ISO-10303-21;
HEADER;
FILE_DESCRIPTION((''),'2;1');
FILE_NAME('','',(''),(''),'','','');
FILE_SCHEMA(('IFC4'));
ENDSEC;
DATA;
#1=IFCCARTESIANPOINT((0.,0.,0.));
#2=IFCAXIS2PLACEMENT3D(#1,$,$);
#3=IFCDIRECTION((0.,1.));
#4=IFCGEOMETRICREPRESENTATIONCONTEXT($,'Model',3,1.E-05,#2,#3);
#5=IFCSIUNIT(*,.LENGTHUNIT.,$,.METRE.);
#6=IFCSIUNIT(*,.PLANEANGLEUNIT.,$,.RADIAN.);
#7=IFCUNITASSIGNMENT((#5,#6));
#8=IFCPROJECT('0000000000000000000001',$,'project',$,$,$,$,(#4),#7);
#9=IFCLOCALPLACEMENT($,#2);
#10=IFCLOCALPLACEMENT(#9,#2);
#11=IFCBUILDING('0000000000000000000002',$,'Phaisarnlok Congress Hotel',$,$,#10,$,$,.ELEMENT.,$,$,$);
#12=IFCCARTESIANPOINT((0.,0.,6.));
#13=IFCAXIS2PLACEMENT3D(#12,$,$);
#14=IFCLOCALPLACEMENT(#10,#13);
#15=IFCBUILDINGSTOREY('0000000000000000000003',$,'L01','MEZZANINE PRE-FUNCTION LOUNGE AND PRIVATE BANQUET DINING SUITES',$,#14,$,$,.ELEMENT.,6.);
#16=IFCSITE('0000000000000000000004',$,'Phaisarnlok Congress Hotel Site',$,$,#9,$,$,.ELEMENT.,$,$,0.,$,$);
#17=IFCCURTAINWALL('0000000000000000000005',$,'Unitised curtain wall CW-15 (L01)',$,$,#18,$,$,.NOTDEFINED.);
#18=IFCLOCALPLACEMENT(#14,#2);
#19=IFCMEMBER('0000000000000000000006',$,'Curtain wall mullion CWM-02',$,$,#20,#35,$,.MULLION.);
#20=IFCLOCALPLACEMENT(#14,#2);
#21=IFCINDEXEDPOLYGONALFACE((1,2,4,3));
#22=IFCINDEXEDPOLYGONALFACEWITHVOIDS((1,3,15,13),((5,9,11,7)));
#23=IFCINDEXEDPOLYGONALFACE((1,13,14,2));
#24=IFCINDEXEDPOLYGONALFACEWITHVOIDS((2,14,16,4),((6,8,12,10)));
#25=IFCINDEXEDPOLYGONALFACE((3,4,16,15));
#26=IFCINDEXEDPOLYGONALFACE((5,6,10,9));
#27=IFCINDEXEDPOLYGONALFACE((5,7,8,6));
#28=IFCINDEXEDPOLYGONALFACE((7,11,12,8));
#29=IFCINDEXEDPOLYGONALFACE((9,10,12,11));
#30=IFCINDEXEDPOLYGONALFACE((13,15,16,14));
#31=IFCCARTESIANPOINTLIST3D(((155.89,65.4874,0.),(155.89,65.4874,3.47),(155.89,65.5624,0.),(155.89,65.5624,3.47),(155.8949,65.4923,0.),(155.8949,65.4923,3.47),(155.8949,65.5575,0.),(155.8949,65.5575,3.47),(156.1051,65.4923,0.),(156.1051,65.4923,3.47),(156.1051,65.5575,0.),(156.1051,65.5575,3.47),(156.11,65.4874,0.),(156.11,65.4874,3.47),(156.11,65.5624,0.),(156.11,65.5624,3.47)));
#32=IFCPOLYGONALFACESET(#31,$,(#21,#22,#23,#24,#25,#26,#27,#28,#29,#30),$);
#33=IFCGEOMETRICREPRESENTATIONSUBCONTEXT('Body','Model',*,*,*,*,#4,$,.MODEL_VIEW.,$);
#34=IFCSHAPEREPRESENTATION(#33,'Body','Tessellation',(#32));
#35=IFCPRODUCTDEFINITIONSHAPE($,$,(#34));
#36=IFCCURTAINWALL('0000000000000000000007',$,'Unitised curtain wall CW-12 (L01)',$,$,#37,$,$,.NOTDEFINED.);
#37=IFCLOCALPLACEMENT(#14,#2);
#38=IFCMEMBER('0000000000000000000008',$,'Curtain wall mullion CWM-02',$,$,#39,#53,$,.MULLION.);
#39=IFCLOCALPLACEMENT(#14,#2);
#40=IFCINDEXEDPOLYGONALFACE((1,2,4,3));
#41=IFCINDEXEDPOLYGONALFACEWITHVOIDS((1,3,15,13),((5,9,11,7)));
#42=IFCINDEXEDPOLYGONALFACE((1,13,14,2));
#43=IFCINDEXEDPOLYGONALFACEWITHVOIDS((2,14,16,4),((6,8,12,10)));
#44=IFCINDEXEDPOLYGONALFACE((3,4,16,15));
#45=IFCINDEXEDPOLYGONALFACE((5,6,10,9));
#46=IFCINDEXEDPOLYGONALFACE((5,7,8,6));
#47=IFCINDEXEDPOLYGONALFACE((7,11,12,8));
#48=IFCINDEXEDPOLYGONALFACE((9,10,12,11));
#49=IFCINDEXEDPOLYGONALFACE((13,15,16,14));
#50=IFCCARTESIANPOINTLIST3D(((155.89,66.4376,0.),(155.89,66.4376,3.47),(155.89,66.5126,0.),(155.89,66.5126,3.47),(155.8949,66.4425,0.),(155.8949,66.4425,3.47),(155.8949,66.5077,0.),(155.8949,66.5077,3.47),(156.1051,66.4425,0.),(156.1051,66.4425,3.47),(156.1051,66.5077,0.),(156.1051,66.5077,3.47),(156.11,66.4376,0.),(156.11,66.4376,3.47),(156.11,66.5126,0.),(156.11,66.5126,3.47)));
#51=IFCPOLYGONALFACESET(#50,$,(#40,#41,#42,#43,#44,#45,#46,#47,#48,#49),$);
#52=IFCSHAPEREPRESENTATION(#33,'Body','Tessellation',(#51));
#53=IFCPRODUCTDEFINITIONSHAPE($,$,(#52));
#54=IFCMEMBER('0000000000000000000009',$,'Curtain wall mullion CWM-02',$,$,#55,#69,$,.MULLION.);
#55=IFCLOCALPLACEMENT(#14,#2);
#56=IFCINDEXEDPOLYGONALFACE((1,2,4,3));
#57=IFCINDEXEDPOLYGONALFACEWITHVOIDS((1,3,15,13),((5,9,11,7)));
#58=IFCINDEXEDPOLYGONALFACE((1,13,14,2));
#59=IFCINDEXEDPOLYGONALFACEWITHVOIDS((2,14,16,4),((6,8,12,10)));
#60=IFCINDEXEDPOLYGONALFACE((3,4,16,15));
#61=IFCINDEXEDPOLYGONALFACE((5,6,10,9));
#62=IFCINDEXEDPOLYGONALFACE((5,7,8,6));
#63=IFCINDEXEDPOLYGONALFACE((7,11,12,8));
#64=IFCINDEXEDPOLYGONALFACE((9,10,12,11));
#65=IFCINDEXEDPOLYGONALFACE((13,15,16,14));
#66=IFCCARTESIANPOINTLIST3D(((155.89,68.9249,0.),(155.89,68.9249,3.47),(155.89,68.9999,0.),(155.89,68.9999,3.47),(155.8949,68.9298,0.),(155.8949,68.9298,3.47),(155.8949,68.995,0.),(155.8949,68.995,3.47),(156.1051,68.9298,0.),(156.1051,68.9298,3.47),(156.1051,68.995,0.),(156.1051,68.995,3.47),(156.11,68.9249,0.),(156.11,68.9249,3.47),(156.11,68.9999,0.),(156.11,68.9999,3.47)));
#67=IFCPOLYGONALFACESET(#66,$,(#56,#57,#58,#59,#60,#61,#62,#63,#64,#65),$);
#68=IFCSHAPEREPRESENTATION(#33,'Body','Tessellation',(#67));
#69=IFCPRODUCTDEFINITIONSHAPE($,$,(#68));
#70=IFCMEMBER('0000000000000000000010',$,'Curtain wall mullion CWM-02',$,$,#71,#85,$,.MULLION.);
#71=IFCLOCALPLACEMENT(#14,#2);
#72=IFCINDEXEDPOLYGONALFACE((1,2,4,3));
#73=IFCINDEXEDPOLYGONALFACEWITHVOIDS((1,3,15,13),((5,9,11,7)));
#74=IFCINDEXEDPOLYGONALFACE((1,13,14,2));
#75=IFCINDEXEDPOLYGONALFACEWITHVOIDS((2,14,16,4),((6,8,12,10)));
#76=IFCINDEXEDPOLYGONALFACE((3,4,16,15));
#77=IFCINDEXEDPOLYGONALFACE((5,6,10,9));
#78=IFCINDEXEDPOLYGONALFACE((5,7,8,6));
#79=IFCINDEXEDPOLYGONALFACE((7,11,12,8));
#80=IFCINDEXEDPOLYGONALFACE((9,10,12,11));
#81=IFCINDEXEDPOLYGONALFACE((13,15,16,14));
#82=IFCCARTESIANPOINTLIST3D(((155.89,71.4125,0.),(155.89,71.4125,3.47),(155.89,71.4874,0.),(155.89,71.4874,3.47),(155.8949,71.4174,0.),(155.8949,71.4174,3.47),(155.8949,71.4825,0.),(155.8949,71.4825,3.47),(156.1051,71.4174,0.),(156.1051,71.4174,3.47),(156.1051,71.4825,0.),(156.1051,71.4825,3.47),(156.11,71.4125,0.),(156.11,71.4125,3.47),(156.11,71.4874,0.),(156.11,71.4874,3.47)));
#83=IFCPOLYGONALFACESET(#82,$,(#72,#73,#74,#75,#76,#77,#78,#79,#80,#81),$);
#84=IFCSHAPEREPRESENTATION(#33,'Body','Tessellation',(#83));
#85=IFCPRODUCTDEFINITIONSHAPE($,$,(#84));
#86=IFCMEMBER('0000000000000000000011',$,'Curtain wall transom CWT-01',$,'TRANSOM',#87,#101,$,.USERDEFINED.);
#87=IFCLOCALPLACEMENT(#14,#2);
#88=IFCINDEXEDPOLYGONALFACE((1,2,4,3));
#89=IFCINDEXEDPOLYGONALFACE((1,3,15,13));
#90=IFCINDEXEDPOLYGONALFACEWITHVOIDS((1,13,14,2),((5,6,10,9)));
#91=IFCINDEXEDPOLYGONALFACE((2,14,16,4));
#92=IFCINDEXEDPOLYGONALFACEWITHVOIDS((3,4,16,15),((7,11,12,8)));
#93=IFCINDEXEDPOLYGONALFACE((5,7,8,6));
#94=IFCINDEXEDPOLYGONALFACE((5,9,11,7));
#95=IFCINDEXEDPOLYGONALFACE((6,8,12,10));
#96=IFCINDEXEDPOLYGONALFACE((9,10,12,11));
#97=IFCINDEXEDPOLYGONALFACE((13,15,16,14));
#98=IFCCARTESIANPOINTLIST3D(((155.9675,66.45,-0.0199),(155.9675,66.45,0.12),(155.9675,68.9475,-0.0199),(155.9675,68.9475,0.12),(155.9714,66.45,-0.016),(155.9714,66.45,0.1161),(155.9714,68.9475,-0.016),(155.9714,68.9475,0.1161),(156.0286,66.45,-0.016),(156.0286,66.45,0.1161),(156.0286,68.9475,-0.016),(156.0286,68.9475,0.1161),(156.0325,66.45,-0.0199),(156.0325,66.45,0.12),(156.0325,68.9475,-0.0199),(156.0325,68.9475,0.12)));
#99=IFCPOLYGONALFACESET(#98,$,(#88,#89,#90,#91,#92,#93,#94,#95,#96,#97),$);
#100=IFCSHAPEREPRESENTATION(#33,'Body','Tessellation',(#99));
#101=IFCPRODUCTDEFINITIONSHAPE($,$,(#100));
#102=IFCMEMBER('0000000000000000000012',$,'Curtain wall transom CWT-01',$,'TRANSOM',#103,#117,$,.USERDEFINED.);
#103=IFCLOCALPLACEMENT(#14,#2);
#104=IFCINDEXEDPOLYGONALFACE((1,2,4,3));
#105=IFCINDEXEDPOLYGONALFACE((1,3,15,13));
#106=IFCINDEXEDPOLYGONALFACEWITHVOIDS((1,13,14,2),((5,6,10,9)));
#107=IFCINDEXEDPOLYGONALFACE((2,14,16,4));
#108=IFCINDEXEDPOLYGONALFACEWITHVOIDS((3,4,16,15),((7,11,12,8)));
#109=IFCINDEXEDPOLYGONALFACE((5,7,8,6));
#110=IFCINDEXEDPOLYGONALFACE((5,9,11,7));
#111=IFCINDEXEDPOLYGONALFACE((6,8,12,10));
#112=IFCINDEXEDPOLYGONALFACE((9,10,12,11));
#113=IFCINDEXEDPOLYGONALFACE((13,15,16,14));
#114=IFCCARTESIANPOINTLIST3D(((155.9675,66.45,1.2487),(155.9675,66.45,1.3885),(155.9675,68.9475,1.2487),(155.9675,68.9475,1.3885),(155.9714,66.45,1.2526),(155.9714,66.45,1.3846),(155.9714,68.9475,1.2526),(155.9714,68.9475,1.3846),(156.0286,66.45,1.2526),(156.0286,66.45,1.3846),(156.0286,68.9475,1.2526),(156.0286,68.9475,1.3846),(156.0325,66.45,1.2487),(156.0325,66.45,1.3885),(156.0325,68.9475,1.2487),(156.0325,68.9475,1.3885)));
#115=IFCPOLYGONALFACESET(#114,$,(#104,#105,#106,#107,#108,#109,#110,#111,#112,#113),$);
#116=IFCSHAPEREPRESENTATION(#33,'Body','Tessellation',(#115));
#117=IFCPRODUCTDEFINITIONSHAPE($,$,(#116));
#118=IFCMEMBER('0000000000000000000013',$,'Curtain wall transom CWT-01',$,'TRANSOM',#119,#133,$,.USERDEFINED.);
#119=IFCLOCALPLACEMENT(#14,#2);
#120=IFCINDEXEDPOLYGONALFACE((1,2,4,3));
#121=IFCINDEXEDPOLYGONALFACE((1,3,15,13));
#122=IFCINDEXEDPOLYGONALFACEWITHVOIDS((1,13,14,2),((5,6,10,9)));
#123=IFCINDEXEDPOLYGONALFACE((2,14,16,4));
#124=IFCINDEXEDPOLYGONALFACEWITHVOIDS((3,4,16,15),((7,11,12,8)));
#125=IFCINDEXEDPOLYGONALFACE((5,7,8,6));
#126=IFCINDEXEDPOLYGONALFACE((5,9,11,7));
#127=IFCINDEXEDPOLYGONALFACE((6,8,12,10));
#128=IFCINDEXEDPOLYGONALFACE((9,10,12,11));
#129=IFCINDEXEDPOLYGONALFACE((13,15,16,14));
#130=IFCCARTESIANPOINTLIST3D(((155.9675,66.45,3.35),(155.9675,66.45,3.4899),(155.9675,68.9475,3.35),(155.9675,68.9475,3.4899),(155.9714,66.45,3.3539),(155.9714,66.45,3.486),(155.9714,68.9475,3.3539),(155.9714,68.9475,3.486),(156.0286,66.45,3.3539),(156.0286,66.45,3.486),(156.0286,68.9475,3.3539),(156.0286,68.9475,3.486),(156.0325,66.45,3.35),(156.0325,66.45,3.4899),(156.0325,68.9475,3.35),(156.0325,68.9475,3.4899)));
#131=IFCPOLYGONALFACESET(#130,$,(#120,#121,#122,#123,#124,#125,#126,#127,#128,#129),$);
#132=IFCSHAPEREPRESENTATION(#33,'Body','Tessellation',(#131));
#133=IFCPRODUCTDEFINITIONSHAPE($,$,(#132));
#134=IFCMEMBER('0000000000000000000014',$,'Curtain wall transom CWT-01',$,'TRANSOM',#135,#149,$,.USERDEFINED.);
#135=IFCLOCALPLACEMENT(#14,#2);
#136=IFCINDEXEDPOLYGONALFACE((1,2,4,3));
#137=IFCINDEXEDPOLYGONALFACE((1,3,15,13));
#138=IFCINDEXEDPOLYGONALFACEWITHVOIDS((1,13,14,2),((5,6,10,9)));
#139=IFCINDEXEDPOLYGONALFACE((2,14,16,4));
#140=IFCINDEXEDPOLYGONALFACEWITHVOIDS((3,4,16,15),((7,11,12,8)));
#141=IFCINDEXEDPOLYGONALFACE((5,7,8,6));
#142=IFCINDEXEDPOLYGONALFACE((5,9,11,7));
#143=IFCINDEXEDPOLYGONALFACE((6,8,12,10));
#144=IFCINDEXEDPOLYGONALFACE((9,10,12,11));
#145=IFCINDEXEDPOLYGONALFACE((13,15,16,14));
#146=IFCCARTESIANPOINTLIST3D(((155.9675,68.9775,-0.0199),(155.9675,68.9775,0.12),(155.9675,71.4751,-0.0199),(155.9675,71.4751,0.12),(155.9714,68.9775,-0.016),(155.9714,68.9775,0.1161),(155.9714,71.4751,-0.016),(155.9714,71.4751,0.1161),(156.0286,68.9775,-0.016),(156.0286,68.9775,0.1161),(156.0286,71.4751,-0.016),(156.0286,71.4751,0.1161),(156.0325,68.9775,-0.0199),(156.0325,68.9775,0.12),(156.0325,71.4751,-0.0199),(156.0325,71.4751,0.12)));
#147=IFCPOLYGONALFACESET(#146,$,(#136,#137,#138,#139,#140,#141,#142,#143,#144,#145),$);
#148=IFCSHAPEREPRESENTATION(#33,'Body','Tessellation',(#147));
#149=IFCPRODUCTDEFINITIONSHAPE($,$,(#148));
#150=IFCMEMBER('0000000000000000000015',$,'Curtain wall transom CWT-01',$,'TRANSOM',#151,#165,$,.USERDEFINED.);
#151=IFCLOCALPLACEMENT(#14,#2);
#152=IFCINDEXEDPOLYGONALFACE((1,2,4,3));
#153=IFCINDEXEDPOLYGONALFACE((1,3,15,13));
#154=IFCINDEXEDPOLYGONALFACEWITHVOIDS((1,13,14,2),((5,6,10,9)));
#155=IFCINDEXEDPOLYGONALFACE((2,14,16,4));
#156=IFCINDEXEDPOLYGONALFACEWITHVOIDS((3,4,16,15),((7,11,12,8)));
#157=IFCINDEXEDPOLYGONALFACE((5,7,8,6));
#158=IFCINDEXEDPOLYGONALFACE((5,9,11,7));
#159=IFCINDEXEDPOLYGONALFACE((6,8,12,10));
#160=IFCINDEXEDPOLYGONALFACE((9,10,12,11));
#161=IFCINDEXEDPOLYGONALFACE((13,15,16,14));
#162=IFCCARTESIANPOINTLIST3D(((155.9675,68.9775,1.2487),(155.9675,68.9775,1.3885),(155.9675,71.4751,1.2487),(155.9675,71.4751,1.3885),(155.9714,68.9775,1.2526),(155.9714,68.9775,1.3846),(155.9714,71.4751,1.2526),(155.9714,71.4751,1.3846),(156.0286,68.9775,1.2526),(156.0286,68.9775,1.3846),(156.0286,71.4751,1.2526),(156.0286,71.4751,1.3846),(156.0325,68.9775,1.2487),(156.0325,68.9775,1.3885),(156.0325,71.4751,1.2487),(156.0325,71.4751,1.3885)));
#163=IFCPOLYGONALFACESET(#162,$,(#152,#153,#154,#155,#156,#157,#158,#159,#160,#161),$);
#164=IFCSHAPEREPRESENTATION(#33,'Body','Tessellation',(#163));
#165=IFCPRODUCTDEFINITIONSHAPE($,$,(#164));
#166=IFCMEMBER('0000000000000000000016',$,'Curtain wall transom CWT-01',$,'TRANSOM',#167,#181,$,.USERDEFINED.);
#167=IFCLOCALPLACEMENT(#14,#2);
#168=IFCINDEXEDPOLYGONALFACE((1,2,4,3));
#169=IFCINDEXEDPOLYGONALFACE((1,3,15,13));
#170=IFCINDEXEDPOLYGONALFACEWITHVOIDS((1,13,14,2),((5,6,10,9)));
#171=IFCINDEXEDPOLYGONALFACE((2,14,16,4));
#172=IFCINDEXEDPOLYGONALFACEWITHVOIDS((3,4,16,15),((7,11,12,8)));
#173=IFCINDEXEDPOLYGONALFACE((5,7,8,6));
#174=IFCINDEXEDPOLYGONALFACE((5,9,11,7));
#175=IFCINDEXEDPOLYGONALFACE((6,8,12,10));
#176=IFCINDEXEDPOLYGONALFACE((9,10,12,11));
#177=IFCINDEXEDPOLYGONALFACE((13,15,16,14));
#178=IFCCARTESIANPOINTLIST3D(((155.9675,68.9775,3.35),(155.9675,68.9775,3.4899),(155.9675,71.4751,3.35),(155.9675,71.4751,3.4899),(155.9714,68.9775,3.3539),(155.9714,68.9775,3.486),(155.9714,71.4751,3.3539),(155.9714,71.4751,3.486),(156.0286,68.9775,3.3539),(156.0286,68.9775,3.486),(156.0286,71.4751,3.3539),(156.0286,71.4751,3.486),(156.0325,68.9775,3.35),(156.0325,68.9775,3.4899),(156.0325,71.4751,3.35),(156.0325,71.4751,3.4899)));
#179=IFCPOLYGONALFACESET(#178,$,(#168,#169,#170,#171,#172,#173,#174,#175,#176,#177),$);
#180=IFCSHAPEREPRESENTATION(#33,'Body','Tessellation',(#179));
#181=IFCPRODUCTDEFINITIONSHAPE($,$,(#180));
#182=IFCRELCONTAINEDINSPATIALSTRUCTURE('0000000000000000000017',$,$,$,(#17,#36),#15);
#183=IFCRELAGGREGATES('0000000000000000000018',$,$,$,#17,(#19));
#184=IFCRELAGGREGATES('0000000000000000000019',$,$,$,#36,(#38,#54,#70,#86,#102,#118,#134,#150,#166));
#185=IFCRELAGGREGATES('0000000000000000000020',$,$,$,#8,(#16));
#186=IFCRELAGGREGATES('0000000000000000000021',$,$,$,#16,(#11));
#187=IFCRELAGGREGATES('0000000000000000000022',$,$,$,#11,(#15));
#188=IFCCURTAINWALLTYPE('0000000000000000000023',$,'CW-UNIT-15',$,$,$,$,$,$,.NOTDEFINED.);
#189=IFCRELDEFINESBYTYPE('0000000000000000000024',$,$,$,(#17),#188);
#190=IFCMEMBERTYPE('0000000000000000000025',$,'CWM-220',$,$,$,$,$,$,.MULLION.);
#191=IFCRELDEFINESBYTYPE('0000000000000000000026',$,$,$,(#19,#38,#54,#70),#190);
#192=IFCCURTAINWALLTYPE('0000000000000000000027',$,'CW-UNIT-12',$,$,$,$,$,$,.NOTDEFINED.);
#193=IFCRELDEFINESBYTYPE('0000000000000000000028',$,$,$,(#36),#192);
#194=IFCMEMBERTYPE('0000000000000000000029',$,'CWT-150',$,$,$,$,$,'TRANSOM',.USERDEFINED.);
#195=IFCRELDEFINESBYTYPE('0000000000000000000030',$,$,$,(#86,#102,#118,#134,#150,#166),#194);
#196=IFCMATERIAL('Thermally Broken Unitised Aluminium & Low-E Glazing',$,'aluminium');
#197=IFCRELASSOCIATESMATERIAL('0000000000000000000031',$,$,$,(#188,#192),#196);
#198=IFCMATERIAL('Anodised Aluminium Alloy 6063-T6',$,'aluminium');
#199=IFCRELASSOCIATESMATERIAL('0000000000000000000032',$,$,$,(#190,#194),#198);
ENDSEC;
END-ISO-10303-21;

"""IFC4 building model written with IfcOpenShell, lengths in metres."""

from ifc_helpers import new_model, si_unit, direction, frame, origin, origin_2d, place, context, subcontext, project, spatial, hollow_rectangle, extrude, material, material_profile, profile_set, type_object, element, aggregate, save


model = new_model("IFC4")

# Units and contexts
model_context = context("Model", 3, precision=1e-05, world=origin(), true_north=direction((0.0, 1.0)))
body_context = subcontext(model_context, "Body", "Model", "MODEL_VIEW")
ifc_project = project(units=[si_unit("LENGTHUNIT", "METRE"), si_unit("PLANEANGLEUNIT", "RADIAN")], contexts=[model_context])

# Site, building, storey
site_placement = place(None, origin())
site = spatial("IfcSite", under=ifc_project, at=site_placement, Name="Phaisarnlok Congress Hotel Site", CompositionType="ELEMENT", RefElevation=0.0)
building_placement = place(site_placement, origin())
building = spatial("IfcBuilding", under=site, at=building_placement, Name="Phaisarnlok Congress Hotel", CompositionType="ELEMENT")
storey_placement = place(building_placement, frame((0.0, 0.0, 6.0)))
storey = spatial("IfcBuildingStorey", under=building, at=storey_placement, Name="L01", Description="MEZZANINE PRE-FUNCTION LOUNGE AND PRIVATE BANQUET DINING SUITES", CompositionType="ELEMENT", Elevation=6.0)

# Curtain wall, member
ifc_material_1 = material(Name="Thermally Broken Unitised Aluminium & Low-E Glazing", Category="aluminium")
curtain_wall_type_1 = type_object("IfcCurtainWallType", Name="CW-UNIT-15", PredefinedType="NOTDEFINED", material=ifc_material_1)
curtain_wall_1_placement = place(storey_placement, origin())
curtain_wall_1 = element("IfcCurtainWall", 1, at=curtain_wall_1_placement, inside=storey, type_object=curtain_wall_type_1, Name="Unitised curtain wall CW-15 (L01)", PredefinedType="NOTDEFINED")
ifc_material_2 = material(Name="Anodised Aluminium Alloy 6063-T6", Category="aluminium")
ifc_material_profile_1 = material_profile(ifc_material_2, hollow_rectangle(XDim=0.075, YDim=0.22, WallThickness=0.0049, at=origin_2d()), Name="ALU-M 75x220x5")
ifc_profile_set_1 = profile_set([ifc_material_profile_1], Name="Anodised Aluminium Alloy 6063-T6")
member_type_1 = type_object("IfcMemberType", Name="CWM-220", PredefinedType="MULLION", material=ifc_profile_set_1)
member_1_placement = place(storey_placement, frame((156.0, 65.5249, 0.0), z_axis=(0.0, 0.0, 1.0), x_axis=(0.0, 1.0, 0.0)))
member_1 = element("IfcMember", 2, at=member_1_placement, type_object=member_type_1, Name="Curtain wall mullion CWM-02", PredefinedType="MULLION", context=body_context, shape_type="SweptSolid", body=[
    extrude(hollow_rectangle(XDim=0.075, YDim=0.22, WallThickness=0.0049, at=origin_2d()), origin(), (0.0, 0.0, 1.0), 3.47),
])
aggregate(curtain_wall_1, [member_1])

# Curtain wall, members
curtain_wall_type_2 = type_object("IfcCurtainWallType", Name="CW-UNIT-12", PredefinedType="NOTDEFINED", material=ifc_material_1)
curtain_wall_2_placement = place(storey_placement, origin())
curtain_wall_2 = element("IfcCurtainWall", 3, at=curtain_wall_2_placement, inside=storey, type_object=curtain_wall_type_2, Name="Unitised curtain wall CW-12 (L01)", PredefinedType="NOTDEFINED")
member_2_placement = place(storey_placement, frame((156.0, 66.4751, 0.0), z_axis=(0.0, 0.0, 1.0), x_axis=(0.0, 1.0, 0.0)))
member_2 = element("IfcMember", 4, at=member_2_placement, type_object=member_type_1, Name="Curtain wall mullion CWM-02", PredefinedType="MULLION", context=body_context, shape_type="SweptSolid", body=[
    extrude(hollow_rectangle(XDim=0.075, YDim=0.22, WallThickness=0.0049, at=origin_2d()), origin(), (0.0, 0.0, 1.0), 3.47),
])
member_3_placement = place(storey_placement, frame((156.0, 68.9624, 0.0), z_axis=(0.0, 0.0, 1.0), x_axis=(0.0, 1.0, 0.0)))
member_3 = element("IfcMember", 5, at=member_3_placement, type_object=member_type_1, Name="Curtain wall mullion CWM-02", PredefinedType="MULLION", context=body_context, shape_type="SweptSolid", body=[
    extrude(hollow_rectangle(XDim=0.075, YDim=0.22, WallThickness=0.0049, at=origin_2d()), origin(), (0.0, 0.0, 1.0), 3.47),
])
member_4_placement = place(storey_placement, frame((156.0, 71.45, 0.0), z_axis=(0.0, 0.0, 1.0), x_axis=(0.0, 1.0, 0.0)))
member_4 = element("IfcMember", 6, at=member_4_placement, type_object=member_type_1, Name="Curtain wall mullion CWM-02", PredefinedType="MULLION", context=body_context, shape_type="SweptSolid", body=[
    extrude(hollow_rectangle(XDim=0.075, YDim=0.22, WallThickness=0.0049, at=origin_2d()), origin(), (0.0, 0.0, 1.0), 3.47),
])
ifc_material_profile_2 = material_profile(ifc_material_2, hollow_rectangle(XDim=0.0649, YDim=0.1399, WallThickness=0.0039, at=origin_2d()), Name="ALU-T 65x140x4")
ifc_profile_set_2 = profile_set([ifc_material_profile_2], Name="Anodised Aluminium Alloy 6063-T6")
member_type_2 = type_object("IfcMemberType", Name="CWT-150", ElementType="TRANSOM", PredefinedType="USERDEFINED", material=ifc_profile_set_2)
member_5_placement = place(storey_placement, frame((156.0, 66.45, 0.05), z_axis=(0.0, 1.0, 0.0), x_axis=(-1.0, 0.0, 0.0)))
member_5 = element("IfcMember", 7, at=member_5_placement, type_object=member_type_2, Name="Curtain wall transom CWT-01", ObjectType="TRANSOM", PredefinedType="USERDEFINED", context=body_context, shape_type="SweptSolid", body=[
    extrude(hollow_rectangle(XDim=0.0649, YDim=0.1399, WallThickness=0.0039, at=origin_2d()), origin(), (0.0, 0.0, 1.0), 2.4976),
])
member_6_placement = place(storey_placement, frame((156.0, 66.45, 1.3186), z_axis=(0.0, 1.0, 0.0), x_axis=(-1.0, 0.0, 0.0)))
member_6 = element("IfcMember", 8, at=member_6_placement, type_object=member_type_2, Name="Curtain wall transom CWT-01", ObjectType="TRANSOM", PredefinedType="USERDEFINED", context=body_context, shape_type="SweptSolid", body=[
    extrude(hollow_rectangle(XDim=0.0649, YDim=0.1399, WallThickness=0.0039, at=origin_2d()), origin(), (0.0, 0.0, 1.0), 2.4976),
])
member_7_placement = place(storey_placement, frame((156.0, 66.45, 3.4199), z_axis=(0.0, 1.0, 0.0), x_axis=(-1.0, 0.0, 0.0)))
member_7 = element("IfcMember", 9, at=member_7_placement, type_object=member_type_2, Name="Curtain wall transom CWT-01", ObjectType="TRANSOM", PredefinedType="USERDEFINED", context=body_context, shape_type="SweptSolid", body=[
    extrude(hollow_rectangle(XDim=0.0649, YDim=0.1399, WallThickness=0.0039, at=origin_2d()), origin(), (0.0, 0.0, 1.0), 2.4976),
])
member_8_placement = place(storey_placement, frame((156.0, 68.9775, 0.05), z_axis=(0.0, 1.0, 0.0), x_axis=(-1.0, 0.0, 0.0)))
member_8 = element("IfcMember", 10, at=member_8_placement, type_object=member_type_2, Name="Curtain wall transom CWT-01", ObjectType="TRANSOM", PredefinedType="USERDEFINED", context=body_context, shape_type="SweptSolid", body=[
    extrude(hollow_rectangle(XDim=0.0649, YDim=0.1399, WallThickness=0.0039, at=origin_2d()), origin(), (0.0, 0.0, 1.0), 2.4976),
])
member_9_placement = place(storey_placement, frame((156.0, 68.9775, 1.3186), z_axis=(0.0, 1.0, 0.0), x_axis=(-1.0, 0.0, 0.0)))
member_9 = element("IfcMember", 11, at=member_9_placement, type_object=member_type_2, Name="Curtain wall transom CWT-01", ObjectType="TRANSOM", PredefinedType="USERDEFINED", context=body_context, shape_type="SweptSolid", body=[
    extrude(hollow_rectangle(XDim=0.0649, YDim=0.1399, WallThickness=0.0039, at=origin_2d()), origin(), (0.0, 0.0, 1.0), 2.4976),
])
member_10_placement = place(storey_placement, frame((156.0, 68.9775, 3.4199), z_axis=(0.0, 1.0, 0.0), x_axis=(-1.0, 0.0, 0.0)))
member_10 = element("IfcMember", 12, at=member_10_placement, type_object=member_type_2, Name="Curtain wall transom CWT-01", ObjectType="TRANSOM", PredefinedType="USERDEFINED", context=body_context, shape_type="SweptSolid", body=[
    extrude(hollow_rectangle(XDim=0.0649, YDim=0.1399, WallThickness=0.0039, at=origin_2d()), origin(), (0.0, 0.0, 1.0), 2.4976),
])

aggregate(curtain_wall_2, [member_2, member_3, member_4, member_5, member_6, member_7, member_8, member_9, member_10])

save(model, "model.ifc")
